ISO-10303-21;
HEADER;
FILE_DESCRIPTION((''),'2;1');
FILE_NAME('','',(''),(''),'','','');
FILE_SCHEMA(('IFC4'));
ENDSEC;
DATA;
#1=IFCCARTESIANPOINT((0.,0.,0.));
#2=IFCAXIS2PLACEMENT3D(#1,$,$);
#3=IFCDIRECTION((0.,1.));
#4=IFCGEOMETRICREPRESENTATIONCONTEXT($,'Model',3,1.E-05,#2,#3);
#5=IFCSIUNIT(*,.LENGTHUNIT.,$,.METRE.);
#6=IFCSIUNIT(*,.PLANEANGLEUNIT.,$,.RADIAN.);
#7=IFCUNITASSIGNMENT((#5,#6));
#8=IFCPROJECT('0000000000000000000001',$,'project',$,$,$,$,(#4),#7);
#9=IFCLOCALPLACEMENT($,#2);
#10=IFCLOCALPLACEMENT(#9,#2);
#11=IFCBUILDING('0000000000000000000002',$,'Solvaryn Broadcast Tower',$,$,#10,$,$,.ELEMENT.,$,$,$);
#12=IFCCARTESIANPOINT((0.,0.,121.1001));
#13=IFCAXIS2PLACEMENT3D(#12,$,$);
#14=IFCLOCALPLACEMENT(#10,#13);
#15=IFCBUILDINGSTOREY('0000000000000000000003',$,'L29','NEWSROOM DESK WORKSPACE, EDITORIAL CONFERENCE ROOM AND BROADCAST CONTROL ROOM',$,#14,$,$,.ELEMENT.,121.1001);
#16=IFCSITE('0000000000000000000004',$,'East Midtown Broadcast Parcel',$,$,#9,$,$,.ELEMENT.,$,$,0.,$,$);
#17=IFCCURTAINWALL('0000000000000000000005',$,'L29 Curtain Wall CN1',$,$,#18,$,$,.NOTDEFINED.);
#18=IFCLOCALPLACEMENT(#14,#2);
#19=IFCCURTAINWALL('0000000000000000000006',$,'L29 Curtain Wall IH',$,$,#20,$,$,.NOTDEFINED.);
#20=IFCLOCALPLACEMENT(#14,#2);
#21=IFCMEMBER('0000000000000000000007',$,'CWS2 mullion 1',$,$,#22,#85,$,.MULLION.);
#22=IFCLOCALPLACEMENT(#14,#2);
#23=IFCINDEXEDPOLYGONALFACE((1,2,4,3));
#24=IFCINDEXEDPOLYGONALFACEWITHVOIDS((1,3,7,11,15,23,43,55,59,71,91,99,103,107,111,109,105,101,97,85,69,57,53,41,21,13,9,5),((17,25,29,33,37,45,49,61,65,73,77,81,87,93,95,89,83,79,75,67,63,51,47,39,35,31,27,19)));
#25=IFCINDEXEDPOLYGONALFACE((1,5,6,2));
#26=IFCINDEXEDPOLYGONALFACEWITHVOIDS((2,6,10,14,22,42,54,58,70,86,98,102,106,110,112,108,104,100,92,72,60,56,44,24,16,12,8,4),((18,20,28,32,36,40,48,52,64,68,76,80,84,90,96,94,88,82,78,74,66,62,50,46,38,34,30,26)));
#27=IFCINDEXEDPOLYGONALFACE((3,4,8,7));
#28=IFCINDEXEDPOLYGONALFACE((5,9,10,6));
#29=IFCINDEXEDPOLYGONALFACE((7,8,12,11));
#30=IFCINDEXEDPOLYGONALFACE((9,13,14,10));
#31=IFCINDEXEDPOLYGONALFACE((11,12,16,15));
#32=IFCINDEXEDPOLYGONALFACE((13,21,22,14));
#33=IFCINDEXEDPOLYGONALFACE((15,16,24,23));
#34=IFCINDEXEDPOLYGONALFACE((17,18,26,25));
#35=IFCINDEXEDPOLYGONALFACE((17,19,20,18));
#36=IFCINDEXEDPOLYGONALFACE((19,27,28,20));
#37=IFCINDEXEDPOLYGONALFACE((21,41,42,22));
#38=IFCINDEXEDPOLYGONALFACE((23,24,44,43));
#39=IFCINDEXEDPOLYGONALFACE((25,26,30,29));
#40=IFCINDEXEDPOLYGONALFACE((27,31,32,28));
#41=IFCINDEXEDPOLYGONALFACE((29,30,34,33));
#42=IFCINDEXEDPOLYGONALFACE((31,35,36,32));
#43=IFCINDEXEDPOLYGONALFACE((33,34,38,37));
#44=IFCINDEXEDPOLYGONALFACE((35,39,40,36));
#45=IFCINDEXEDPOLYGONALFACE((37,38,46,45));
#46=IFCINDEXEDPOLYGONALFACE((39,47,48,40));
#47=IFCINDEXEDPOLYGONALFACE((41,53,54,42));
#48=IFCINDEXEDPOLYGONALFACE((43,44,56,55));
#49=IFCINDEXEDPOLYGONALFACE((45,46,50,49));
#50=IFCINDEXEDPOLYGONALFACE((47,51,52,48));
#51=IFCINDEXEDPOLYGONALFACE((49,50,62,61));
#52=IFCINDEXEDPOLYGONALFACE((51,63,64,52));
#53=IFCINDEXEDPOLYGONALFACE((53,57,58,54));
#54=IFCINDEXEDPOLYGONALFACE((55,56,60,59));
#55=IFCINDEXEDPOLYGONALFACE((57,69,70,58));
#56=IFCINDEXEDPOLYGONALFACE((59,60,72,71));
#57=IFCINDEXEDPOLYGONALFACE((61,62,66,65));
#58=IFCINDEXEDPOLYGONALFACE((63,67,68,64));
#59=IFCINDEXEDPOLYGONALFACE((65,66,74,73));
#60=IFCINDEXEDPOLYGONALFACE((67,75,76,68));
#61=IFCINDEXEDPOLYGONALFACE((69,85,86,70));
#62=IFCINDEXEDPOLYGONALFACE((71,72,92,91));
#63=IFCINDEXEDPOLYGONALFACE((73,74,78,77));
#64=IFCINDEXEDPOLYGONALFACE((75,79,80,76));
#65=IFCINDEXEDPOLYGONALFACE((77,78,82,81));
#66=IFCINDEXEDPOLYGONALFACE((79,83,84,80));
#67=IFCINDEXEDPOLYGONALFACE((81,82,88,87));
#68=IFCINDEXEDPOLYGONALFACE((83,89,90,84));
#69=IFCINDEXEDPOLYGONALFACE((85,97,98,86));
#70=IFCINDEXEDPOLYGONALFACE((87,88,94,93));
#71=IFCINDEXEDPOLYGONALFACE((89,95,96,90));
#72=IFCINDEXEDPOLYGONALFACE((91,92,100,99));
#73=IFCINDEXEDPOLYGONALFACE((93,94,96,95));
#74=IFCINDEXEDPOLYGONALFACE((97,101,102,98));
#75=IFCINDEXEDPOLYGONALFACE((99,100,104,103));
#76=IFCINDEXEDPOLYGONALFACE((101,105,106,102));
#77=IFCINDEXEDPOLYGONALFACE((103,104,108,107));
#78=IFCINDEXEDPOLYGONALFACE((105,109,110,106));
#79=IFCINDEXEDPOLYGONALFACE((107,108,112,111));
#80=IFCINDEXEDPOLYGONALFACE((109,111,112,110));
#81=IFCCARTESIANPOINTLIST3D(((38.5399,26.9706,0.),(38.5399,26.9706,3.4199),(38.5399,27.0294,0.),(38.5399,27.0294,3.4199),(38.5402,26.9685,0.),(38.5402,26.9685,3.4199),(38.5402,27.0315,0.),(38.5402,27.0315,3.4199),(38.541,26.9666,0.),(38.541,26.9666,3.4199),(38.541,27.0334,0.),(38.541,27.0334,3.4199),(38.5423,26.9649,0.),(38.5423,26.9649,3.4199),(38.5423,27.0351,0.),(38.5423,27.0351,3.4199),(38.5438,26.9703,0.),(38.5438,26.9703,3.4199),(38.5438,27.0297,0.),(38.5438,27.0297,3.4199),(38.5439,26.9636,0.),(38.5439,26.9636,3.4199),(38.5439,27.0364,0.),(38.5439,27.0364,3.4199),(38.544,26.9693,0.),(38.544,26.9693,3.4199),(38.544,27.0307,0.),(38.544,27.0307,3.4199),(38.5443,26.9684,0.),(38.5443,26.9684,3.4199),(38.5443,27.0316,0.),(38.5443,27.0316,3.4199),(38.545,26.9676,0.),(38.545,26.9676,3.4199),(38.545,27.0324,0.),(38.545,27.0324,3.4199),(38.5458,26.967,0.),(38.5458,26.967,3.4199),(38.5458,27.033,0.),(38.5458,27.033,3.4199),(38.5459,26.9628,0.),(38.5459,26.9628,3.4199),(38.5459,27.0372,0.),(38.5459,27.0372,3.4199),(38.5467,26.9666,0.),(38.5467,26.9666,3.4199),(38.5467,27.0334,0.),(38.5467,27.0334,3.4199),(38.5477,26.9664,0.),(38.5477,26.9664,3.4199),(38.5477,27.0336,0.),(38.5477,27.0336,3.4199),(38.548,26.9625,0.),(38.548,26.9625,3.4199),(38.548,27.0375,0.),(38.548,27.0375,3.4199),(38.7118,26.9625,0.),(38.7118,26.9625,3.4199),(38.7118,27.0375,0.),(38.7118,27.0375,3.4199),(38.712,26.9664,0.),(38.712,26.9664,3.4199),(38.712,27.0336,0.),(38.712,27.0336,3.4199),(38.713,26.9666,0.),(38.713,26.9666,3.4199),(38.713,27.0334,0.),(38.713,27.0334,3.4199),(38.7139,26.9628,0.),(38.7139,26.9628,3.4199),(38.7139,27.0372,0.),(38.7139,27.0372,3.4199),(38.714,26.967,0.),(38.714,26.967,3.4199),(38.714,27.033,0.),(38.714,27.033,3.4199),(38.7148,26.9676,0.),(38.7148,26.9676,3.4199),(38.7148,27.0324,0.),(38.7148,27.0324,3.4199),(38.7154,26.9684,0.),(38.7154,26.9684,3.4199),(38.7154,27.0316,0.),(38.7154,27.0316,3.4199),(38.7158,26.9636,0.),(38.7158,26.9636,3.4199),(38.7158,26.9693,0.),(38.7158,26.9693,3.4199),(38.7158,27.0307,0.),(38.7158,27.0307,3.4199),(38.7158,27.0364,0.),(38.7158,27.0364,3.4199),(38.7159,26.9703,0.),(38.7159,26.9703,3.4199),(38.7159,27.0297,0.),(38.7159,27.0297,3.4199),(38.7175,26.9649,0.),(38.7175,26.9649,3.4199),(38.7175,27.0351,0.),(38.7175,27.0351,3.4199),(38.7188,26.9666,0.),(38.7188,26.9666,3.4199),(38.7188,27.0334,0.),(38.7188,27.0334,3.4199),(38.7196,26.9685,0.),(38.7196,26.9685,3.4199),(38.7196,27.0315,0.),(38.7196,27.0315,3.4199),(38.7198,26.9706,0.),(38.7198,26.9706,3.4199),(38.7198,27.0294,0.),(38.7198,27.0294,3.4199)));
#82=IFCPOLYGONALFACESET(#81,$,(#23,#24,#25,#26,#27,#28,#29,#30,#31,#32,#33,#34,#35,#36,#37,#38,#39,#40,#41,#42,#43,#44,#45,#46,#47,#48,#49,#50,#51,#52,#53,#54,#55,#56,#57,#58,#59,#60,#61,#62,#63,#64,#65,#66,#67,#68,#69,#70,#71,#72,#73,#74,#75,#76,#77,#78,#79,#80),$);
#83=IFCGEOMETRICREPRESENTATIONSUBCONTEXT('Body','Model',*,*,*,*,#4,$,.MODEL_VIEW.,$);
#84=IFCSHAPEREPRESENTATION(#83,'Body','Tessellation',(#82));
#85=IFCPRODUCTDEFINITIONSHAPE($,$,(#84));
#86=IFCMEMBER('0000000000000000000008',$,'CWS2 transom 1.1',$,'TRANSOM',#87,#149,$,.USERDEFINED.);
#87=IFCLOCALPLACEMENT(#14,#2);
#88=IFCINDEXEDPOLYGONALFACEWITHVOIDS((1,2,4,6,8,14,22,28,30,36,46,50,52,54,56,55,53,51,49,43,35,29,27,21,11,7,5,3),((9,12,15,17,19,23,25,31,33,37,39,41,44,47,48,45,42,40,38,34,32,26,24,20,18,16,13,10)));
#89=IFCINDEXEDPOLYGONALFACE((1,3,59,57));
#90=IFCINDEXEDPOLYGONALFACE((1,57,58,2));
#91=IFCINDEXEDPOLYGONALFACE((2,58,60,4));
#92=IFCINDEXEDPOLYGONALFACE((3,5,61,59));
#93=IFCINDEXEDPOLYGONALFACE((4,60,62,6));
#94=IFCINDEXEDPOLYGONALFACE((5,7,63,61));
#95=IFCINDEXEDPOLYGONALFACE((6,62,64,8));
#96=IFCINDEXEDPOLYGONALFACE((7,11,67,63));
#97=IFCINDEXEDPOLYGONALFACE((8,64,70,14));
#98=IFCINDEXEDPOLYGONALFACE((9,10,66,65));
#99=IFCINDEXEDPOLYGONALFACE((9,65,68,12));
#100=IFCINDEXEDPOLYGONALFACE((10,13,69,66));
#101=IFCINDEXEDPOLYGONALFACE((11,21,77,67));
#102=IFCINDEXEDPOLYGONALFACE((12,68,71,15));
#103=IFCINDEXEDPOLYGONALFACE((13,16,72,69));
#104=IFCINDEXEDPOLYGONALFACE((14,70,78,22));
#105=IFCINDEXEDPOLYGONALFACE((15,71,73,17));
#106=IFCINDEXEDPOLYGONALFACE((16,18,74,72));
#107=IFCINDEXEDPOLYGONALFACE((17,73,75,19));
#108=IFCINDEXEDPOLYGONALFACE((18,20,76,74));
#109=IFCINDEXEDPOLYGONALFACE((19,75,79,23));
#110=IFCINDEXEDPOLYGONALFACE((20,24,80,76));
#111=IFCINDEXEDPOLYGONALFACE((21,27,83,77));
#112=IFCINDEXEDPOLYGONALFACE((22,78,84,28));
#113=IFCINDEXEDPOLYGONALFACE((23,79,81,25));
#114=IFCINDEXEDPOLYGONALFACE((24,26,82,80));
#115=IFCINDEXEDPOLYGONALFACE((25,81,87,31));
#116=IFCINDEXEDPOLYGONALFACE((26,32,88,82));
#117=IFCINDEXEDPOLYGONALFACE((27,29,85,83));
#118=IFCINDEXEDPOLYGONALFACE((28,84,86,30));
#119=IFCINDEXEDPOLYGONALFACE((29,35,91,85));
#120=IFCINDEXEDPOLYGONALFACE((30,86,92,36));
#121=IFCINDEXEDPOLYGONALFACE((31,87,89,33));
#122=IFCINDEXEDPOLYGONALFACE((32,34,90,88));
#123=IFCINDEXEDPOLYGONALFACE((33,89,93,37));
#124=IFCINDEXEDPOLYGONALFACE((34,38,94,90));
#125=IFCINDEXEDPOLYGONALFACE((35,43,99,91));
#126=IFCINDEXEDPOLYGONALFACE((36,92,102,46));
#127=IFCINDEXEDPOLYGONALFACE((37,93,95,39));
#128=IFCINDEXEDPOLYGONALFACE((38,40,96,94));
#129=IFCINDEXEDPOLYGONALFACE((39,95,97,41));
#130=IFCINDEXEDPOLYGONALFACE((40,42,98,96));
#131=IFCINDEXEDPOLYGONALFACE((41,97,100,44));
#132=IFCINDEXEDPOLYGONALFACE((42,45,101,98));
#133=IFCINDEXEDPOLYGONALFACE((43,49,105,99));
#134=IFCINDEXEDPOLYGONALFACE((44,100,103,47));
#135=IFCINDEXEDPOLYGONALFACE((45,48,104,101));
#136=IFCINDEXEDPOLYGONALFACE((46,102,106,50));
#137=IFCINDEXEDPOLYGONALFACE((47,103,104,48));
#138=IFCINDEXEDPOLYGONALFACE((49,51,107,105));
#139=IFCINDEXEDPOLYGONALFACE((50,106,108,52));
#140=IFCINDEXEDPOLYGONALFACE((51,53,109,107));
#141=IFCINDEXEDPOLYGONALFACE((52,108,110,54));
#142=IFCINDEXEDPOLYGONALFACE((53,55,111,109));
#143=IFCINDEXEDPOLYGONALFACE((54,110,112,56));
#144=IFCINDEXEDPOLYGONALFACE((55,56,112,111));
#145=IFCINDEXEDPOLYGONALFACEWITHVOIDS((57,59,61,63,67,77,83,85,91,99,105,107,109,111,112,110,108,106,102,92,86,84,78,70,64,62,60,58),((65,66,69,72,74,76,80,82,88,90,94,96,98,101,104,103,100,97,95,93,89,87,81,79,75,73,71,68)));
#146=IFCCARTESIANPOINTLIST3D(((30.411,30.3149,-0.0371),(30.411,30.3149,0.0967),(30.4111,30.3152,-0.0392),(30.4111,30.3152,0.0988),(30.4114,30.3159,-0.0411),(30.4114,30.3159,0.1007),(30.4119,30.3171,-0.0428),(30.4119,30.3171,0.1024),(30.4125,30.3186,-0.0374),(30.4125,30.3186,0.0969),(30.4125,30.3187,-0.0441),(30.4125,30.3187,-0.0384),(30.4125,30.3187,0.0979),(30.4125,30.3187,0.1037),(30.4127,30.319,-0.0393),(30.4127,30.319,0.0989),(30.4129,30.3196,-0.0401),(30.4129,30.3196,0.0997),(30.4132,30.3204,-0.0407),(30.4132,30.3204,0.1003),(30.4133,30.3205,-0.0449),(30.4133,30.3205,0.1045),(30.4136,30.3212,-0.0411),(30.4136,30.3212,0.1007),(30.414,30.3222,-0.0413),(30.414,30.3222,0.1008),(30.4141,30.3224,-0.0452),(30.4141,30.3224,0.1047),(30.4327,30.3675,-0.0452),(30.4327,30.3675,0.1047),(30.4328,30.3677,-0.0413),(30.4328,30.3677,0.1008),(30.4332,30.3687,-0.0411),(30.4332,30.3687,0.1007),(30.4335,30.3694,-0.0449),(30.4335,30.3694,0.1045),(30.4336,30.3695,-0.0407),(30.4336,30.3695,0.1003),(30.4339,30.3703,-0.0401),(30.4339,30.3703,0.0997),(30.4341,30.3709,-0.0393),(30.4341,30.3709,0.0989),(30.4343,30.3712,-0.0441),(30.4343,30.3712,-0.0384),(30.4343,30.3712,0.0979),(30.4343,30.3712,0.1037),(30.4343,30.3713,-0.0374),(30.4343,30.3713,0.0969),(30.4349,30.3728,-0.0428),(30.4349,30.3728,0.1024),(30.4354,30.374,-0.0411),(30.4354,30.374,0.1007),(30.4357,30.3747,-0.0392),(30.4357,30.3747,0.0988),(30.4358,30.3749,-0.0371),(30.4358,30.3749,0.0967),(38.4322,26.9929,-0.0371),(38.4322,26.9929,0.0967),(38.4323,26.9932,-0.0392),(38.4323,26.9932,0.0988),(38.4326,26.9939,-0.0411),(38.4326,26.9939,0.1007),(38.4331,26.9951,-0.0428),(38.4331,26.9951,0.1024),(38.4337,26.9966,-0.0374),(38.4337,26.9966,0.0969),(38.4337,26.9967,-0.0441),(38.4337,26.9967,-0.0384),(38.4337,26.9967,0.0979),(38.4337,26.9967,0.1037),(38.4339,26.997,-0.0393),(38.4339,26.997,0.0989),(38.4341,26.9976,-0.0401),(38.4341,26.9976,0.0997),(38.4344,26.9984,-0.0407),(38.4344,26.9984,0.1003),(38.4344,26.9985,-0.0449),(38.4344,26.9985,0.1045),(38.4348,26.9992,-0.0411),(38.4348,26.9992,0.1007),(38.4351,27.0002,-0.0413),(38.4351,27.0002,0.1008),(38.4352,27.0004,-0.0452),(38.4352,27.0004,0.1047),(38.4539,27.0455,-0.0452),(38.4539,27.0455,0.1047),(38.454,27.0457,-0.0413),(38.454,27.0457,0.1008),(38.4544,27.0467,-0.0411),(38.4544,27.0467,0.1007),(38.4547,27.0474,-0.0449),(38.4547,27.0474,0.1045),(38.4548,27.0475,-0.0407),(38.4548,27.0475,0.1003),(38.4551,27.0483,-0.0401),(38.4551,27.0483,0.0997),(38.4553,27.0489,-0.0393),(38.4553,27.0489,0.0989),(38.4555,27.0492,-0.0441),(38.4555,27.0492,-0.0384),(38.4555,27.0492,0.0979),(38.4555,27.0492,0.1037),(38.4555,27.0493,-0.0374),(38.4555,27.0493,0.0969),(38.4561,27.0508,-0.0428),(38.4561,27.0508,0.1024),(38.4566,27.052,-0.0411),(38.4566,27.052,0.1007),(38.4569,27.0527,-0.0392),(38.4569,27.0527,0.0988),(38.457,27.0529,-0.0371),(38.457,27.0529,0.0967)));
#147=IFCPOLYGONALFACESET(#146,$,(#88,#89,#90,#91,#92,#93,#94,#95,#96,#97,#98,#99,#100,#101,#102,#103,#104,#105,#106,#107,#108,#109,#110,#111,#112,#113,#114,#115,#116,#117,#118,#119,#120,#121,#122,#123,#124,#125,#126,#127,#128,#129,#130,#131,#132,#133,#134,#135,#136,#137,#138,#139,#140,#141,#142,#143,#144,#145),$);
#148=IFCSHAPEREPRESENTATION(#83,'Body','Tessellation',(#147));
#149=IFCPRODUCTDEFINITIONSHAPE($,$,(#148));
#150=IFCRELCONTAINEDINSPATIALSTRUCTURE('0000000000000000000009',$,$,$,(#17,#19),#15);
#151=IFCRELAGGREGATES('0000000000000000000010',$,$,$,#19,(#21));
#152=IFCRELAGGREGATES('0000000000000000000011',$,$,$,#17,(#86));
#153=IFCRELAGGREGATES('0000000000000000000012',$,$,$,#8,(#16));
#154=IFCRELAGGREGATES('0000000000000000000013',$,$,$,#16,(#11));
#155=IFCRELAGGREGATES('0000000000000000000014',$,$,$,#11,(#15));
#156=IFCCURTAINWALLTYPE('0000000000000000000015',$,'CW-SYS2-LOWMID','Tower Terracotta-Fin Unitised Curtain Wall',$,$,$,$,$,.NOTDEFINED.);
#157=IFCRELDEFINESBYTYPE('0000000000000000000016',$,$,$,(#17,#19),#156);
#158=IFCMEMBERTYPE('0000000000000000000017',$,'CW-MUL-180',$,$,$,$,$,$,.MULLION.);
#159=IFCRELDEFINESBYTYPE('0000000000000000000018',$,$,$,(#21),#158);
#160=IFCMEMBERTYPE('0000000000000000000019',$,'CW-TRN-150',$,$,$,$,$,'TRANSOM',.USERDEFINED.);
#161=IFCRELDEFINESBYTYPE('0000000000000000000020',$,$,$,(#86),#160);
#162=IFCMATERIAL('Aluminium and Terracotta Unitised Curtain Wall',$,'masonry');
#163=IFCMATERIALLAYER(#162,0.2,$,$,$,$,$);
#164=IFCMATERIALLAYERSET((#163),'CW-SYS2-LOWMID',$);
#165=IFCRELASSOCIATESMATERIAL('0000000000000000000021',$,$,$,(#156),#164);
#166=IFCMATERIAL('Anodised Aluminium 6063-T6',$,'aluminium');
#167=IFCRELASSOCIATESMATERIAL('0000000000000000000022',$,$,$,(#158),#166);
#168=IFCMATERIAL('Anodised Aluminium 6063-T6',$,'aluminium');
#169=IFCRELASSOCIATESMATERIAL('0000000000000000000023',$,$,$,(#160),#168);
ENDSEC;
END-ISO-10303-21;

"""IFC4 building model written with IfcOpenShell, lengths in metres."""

from ifc_helpers import new_model, si_unit, direction, frame, origin, origin_2d, place, context, subcontext, project, spatial, hollow_rectangle, extrude, material, layer, layer_set, material_profile, profile_set, type_object, element, aggregate, save


model = new_model("IFC4")

# Units and contexts
model_context = context("Model", 3, precision=1e-05, world=origin(), true_north=direction((0.0, 1.0)))
body_context = subcontext(model_context, "Body", "Model", "MODEL_VIEW")
ifc_project = project(units=[si_unit("LENGTHUNIT", "METRE"), si_unit("PLANEANGLEUNIT", "RADIAN")], contexts=[model_context])

# Site, building, storey
site_placement = place(None, origin())
site = spatial("IfcSite", under=ifc_project, at=site_placement, Name="East Midtown Broadcast Parcel", CompositionType="ELEMENT", RefElevation=0.0)
building_placement = place(site_placement, origin())
building = spatial("IfcBuilding", under=site, at=building_placement, Name="Solvaryn Broadcast Tower", CompositionType="ELEMENT")
storey_placement = place(building_placement, frame((0.0, 0.0, 121.1001)))
storey = spatial("IfcBuildingStorey", under=building, at=storey_placement, Name="L29", Description="NEWSROOM DESK WORKSPACE, EDITORIAL CONFERENCE ROOM AND BROADCAST CONTROL ROOM", CompositionType="ELEMENT", Elevation=121.1001)

# Curtain walls, member
ifc_material_1 = material(Name="Aluminium and Terracotta Unitised Curtain Wall", Category="masonry")
ifc_layer_1 = layer(ifc_material_1, 0.2)
ifc_layer_set_1 = layer_set([ifc_layer_1], Name="CW-SYS2-LOWMID")
curtain_wall_type = type_object("IfcCurtainWallType", Name="CW-SYS2-LOWMID", Description="Tower Terracotta-Fin Unitised Curtain Wall", PredefinedType="NOTDEFINED", material=ifc_layer_set_1)
curtain_wall_1_placement = place(storey_placement, origin())
curtain_wall_1 = element("IfcCurtainWall", 1, at=curtain_wall_1_placement, inside=storey, type_object=curtain_wall_type, Name="L29 Curtain Wall CN1", PredefinedType="NOTDEFINED")
ifc_material_2 = material(Name="Anodised Aluminium 6063-T6", Category="aluminium")
ifc_material_profile_1 = material_profile(ifc_material_2, hollow_rectangle(XDim=0.075, YDim=0.1799, WallThickness=0.0039, InnerFilletRadius=0.0039, OuterFilletRadius=0.0081, at=origin_2d()))
ifc_profile_set_1 = profile_set([ifc_material_profile_1], Name="Anodised Aluminium 6063-T6")
member_type_1 = type_object("IfcMemberType", Name="CW-MUL-180", PredefinedType="MULLION", material=ifc_profile_set_1)
curtain_wall_2_placement = place(storey_placement, origin())
curtain_wall_2 = element("IfcCurtainWall", 2, at=curtain_wall_2_placement, inside=storey, type_object=curtain_wall_type, Name="L29 Curtain Wall IH", PredefinedType="NOTDEFINED")
member_1_placement = place(storey_placement, frame((38.6299, 27.0, 0.0), z_axis=(0.0, 0.0, 1.0), x_axis=(0.0, 1.0, 0.0)))
member_1 = element("IfcMember", 3, at=member_1_placement, type_object=member_type_1, Name="CWS2 mullion 1", PredefinedType="MULLION", context=body_context, shape_type="SweptSolid", body=[
    extrude(hollow_rectangle(XDim=0.075, YDim=0.1799, WallThickness=0.0039, InnerFilletRadius=0.0039, OuterFilletRadius=0.0081, at=origin_2d()), origin(), (0.0, 0.0, 1.0), 3.4199),
])
aggregate(curtain_wall_2, [member_1])

# Member
ifc_material_3 = material(Name="Anodised Aluminium 6063-T6", Category="aluminium")
ifc_material_profile_2 = material_profile(ifc_material_3, hollow_rectangle(XDim=0.0649, YDim=0.1499, WallThickness=0.0039, InnerFilletRadius=0.0039, OuterFilletRadius=0.0081, at=origin_2d()))
ifc_profile_set_2 = profile_set([ifc_material_profile_2], Name="Anodised Aluminium 6063-T6")
member_type_2 = type_object("IfcMemberType", Name="CW-TRN-150", ElementType="TRANSOM", PredefinedType="USERDEFINED", material=ifc_profile_set_2)
member_2_placement = place(storey_placement, frame((38.4446, 27.0229, 0.0298), z_axis=(-0.923899, 0.382636, 0.0), x_axis=(-0.382636, -0.923899, 0.0)))
member_2 = element("IfcMember", 4, at=member_2_placement, type_object=member_type_2, Name="CWS2 transom 1.1", ObjectType="TRANSOM", PredefinedType="USERDEFINED", context=body_context, shape_type="SweptSolid", body=[
    extrude(hollow_rectangle(XDim=0.0649, YDim=0.1499, WallThickness=0.0039, InnerFilletRadius=0.0039, OuterFilletRadius=0.0081, at=origin_2d()), origin(), (0.0, 0.0, 1.0), 8.6819),
])
aggregate(curtain_wall_1, [member_2])

save(model, "model.ifc")
